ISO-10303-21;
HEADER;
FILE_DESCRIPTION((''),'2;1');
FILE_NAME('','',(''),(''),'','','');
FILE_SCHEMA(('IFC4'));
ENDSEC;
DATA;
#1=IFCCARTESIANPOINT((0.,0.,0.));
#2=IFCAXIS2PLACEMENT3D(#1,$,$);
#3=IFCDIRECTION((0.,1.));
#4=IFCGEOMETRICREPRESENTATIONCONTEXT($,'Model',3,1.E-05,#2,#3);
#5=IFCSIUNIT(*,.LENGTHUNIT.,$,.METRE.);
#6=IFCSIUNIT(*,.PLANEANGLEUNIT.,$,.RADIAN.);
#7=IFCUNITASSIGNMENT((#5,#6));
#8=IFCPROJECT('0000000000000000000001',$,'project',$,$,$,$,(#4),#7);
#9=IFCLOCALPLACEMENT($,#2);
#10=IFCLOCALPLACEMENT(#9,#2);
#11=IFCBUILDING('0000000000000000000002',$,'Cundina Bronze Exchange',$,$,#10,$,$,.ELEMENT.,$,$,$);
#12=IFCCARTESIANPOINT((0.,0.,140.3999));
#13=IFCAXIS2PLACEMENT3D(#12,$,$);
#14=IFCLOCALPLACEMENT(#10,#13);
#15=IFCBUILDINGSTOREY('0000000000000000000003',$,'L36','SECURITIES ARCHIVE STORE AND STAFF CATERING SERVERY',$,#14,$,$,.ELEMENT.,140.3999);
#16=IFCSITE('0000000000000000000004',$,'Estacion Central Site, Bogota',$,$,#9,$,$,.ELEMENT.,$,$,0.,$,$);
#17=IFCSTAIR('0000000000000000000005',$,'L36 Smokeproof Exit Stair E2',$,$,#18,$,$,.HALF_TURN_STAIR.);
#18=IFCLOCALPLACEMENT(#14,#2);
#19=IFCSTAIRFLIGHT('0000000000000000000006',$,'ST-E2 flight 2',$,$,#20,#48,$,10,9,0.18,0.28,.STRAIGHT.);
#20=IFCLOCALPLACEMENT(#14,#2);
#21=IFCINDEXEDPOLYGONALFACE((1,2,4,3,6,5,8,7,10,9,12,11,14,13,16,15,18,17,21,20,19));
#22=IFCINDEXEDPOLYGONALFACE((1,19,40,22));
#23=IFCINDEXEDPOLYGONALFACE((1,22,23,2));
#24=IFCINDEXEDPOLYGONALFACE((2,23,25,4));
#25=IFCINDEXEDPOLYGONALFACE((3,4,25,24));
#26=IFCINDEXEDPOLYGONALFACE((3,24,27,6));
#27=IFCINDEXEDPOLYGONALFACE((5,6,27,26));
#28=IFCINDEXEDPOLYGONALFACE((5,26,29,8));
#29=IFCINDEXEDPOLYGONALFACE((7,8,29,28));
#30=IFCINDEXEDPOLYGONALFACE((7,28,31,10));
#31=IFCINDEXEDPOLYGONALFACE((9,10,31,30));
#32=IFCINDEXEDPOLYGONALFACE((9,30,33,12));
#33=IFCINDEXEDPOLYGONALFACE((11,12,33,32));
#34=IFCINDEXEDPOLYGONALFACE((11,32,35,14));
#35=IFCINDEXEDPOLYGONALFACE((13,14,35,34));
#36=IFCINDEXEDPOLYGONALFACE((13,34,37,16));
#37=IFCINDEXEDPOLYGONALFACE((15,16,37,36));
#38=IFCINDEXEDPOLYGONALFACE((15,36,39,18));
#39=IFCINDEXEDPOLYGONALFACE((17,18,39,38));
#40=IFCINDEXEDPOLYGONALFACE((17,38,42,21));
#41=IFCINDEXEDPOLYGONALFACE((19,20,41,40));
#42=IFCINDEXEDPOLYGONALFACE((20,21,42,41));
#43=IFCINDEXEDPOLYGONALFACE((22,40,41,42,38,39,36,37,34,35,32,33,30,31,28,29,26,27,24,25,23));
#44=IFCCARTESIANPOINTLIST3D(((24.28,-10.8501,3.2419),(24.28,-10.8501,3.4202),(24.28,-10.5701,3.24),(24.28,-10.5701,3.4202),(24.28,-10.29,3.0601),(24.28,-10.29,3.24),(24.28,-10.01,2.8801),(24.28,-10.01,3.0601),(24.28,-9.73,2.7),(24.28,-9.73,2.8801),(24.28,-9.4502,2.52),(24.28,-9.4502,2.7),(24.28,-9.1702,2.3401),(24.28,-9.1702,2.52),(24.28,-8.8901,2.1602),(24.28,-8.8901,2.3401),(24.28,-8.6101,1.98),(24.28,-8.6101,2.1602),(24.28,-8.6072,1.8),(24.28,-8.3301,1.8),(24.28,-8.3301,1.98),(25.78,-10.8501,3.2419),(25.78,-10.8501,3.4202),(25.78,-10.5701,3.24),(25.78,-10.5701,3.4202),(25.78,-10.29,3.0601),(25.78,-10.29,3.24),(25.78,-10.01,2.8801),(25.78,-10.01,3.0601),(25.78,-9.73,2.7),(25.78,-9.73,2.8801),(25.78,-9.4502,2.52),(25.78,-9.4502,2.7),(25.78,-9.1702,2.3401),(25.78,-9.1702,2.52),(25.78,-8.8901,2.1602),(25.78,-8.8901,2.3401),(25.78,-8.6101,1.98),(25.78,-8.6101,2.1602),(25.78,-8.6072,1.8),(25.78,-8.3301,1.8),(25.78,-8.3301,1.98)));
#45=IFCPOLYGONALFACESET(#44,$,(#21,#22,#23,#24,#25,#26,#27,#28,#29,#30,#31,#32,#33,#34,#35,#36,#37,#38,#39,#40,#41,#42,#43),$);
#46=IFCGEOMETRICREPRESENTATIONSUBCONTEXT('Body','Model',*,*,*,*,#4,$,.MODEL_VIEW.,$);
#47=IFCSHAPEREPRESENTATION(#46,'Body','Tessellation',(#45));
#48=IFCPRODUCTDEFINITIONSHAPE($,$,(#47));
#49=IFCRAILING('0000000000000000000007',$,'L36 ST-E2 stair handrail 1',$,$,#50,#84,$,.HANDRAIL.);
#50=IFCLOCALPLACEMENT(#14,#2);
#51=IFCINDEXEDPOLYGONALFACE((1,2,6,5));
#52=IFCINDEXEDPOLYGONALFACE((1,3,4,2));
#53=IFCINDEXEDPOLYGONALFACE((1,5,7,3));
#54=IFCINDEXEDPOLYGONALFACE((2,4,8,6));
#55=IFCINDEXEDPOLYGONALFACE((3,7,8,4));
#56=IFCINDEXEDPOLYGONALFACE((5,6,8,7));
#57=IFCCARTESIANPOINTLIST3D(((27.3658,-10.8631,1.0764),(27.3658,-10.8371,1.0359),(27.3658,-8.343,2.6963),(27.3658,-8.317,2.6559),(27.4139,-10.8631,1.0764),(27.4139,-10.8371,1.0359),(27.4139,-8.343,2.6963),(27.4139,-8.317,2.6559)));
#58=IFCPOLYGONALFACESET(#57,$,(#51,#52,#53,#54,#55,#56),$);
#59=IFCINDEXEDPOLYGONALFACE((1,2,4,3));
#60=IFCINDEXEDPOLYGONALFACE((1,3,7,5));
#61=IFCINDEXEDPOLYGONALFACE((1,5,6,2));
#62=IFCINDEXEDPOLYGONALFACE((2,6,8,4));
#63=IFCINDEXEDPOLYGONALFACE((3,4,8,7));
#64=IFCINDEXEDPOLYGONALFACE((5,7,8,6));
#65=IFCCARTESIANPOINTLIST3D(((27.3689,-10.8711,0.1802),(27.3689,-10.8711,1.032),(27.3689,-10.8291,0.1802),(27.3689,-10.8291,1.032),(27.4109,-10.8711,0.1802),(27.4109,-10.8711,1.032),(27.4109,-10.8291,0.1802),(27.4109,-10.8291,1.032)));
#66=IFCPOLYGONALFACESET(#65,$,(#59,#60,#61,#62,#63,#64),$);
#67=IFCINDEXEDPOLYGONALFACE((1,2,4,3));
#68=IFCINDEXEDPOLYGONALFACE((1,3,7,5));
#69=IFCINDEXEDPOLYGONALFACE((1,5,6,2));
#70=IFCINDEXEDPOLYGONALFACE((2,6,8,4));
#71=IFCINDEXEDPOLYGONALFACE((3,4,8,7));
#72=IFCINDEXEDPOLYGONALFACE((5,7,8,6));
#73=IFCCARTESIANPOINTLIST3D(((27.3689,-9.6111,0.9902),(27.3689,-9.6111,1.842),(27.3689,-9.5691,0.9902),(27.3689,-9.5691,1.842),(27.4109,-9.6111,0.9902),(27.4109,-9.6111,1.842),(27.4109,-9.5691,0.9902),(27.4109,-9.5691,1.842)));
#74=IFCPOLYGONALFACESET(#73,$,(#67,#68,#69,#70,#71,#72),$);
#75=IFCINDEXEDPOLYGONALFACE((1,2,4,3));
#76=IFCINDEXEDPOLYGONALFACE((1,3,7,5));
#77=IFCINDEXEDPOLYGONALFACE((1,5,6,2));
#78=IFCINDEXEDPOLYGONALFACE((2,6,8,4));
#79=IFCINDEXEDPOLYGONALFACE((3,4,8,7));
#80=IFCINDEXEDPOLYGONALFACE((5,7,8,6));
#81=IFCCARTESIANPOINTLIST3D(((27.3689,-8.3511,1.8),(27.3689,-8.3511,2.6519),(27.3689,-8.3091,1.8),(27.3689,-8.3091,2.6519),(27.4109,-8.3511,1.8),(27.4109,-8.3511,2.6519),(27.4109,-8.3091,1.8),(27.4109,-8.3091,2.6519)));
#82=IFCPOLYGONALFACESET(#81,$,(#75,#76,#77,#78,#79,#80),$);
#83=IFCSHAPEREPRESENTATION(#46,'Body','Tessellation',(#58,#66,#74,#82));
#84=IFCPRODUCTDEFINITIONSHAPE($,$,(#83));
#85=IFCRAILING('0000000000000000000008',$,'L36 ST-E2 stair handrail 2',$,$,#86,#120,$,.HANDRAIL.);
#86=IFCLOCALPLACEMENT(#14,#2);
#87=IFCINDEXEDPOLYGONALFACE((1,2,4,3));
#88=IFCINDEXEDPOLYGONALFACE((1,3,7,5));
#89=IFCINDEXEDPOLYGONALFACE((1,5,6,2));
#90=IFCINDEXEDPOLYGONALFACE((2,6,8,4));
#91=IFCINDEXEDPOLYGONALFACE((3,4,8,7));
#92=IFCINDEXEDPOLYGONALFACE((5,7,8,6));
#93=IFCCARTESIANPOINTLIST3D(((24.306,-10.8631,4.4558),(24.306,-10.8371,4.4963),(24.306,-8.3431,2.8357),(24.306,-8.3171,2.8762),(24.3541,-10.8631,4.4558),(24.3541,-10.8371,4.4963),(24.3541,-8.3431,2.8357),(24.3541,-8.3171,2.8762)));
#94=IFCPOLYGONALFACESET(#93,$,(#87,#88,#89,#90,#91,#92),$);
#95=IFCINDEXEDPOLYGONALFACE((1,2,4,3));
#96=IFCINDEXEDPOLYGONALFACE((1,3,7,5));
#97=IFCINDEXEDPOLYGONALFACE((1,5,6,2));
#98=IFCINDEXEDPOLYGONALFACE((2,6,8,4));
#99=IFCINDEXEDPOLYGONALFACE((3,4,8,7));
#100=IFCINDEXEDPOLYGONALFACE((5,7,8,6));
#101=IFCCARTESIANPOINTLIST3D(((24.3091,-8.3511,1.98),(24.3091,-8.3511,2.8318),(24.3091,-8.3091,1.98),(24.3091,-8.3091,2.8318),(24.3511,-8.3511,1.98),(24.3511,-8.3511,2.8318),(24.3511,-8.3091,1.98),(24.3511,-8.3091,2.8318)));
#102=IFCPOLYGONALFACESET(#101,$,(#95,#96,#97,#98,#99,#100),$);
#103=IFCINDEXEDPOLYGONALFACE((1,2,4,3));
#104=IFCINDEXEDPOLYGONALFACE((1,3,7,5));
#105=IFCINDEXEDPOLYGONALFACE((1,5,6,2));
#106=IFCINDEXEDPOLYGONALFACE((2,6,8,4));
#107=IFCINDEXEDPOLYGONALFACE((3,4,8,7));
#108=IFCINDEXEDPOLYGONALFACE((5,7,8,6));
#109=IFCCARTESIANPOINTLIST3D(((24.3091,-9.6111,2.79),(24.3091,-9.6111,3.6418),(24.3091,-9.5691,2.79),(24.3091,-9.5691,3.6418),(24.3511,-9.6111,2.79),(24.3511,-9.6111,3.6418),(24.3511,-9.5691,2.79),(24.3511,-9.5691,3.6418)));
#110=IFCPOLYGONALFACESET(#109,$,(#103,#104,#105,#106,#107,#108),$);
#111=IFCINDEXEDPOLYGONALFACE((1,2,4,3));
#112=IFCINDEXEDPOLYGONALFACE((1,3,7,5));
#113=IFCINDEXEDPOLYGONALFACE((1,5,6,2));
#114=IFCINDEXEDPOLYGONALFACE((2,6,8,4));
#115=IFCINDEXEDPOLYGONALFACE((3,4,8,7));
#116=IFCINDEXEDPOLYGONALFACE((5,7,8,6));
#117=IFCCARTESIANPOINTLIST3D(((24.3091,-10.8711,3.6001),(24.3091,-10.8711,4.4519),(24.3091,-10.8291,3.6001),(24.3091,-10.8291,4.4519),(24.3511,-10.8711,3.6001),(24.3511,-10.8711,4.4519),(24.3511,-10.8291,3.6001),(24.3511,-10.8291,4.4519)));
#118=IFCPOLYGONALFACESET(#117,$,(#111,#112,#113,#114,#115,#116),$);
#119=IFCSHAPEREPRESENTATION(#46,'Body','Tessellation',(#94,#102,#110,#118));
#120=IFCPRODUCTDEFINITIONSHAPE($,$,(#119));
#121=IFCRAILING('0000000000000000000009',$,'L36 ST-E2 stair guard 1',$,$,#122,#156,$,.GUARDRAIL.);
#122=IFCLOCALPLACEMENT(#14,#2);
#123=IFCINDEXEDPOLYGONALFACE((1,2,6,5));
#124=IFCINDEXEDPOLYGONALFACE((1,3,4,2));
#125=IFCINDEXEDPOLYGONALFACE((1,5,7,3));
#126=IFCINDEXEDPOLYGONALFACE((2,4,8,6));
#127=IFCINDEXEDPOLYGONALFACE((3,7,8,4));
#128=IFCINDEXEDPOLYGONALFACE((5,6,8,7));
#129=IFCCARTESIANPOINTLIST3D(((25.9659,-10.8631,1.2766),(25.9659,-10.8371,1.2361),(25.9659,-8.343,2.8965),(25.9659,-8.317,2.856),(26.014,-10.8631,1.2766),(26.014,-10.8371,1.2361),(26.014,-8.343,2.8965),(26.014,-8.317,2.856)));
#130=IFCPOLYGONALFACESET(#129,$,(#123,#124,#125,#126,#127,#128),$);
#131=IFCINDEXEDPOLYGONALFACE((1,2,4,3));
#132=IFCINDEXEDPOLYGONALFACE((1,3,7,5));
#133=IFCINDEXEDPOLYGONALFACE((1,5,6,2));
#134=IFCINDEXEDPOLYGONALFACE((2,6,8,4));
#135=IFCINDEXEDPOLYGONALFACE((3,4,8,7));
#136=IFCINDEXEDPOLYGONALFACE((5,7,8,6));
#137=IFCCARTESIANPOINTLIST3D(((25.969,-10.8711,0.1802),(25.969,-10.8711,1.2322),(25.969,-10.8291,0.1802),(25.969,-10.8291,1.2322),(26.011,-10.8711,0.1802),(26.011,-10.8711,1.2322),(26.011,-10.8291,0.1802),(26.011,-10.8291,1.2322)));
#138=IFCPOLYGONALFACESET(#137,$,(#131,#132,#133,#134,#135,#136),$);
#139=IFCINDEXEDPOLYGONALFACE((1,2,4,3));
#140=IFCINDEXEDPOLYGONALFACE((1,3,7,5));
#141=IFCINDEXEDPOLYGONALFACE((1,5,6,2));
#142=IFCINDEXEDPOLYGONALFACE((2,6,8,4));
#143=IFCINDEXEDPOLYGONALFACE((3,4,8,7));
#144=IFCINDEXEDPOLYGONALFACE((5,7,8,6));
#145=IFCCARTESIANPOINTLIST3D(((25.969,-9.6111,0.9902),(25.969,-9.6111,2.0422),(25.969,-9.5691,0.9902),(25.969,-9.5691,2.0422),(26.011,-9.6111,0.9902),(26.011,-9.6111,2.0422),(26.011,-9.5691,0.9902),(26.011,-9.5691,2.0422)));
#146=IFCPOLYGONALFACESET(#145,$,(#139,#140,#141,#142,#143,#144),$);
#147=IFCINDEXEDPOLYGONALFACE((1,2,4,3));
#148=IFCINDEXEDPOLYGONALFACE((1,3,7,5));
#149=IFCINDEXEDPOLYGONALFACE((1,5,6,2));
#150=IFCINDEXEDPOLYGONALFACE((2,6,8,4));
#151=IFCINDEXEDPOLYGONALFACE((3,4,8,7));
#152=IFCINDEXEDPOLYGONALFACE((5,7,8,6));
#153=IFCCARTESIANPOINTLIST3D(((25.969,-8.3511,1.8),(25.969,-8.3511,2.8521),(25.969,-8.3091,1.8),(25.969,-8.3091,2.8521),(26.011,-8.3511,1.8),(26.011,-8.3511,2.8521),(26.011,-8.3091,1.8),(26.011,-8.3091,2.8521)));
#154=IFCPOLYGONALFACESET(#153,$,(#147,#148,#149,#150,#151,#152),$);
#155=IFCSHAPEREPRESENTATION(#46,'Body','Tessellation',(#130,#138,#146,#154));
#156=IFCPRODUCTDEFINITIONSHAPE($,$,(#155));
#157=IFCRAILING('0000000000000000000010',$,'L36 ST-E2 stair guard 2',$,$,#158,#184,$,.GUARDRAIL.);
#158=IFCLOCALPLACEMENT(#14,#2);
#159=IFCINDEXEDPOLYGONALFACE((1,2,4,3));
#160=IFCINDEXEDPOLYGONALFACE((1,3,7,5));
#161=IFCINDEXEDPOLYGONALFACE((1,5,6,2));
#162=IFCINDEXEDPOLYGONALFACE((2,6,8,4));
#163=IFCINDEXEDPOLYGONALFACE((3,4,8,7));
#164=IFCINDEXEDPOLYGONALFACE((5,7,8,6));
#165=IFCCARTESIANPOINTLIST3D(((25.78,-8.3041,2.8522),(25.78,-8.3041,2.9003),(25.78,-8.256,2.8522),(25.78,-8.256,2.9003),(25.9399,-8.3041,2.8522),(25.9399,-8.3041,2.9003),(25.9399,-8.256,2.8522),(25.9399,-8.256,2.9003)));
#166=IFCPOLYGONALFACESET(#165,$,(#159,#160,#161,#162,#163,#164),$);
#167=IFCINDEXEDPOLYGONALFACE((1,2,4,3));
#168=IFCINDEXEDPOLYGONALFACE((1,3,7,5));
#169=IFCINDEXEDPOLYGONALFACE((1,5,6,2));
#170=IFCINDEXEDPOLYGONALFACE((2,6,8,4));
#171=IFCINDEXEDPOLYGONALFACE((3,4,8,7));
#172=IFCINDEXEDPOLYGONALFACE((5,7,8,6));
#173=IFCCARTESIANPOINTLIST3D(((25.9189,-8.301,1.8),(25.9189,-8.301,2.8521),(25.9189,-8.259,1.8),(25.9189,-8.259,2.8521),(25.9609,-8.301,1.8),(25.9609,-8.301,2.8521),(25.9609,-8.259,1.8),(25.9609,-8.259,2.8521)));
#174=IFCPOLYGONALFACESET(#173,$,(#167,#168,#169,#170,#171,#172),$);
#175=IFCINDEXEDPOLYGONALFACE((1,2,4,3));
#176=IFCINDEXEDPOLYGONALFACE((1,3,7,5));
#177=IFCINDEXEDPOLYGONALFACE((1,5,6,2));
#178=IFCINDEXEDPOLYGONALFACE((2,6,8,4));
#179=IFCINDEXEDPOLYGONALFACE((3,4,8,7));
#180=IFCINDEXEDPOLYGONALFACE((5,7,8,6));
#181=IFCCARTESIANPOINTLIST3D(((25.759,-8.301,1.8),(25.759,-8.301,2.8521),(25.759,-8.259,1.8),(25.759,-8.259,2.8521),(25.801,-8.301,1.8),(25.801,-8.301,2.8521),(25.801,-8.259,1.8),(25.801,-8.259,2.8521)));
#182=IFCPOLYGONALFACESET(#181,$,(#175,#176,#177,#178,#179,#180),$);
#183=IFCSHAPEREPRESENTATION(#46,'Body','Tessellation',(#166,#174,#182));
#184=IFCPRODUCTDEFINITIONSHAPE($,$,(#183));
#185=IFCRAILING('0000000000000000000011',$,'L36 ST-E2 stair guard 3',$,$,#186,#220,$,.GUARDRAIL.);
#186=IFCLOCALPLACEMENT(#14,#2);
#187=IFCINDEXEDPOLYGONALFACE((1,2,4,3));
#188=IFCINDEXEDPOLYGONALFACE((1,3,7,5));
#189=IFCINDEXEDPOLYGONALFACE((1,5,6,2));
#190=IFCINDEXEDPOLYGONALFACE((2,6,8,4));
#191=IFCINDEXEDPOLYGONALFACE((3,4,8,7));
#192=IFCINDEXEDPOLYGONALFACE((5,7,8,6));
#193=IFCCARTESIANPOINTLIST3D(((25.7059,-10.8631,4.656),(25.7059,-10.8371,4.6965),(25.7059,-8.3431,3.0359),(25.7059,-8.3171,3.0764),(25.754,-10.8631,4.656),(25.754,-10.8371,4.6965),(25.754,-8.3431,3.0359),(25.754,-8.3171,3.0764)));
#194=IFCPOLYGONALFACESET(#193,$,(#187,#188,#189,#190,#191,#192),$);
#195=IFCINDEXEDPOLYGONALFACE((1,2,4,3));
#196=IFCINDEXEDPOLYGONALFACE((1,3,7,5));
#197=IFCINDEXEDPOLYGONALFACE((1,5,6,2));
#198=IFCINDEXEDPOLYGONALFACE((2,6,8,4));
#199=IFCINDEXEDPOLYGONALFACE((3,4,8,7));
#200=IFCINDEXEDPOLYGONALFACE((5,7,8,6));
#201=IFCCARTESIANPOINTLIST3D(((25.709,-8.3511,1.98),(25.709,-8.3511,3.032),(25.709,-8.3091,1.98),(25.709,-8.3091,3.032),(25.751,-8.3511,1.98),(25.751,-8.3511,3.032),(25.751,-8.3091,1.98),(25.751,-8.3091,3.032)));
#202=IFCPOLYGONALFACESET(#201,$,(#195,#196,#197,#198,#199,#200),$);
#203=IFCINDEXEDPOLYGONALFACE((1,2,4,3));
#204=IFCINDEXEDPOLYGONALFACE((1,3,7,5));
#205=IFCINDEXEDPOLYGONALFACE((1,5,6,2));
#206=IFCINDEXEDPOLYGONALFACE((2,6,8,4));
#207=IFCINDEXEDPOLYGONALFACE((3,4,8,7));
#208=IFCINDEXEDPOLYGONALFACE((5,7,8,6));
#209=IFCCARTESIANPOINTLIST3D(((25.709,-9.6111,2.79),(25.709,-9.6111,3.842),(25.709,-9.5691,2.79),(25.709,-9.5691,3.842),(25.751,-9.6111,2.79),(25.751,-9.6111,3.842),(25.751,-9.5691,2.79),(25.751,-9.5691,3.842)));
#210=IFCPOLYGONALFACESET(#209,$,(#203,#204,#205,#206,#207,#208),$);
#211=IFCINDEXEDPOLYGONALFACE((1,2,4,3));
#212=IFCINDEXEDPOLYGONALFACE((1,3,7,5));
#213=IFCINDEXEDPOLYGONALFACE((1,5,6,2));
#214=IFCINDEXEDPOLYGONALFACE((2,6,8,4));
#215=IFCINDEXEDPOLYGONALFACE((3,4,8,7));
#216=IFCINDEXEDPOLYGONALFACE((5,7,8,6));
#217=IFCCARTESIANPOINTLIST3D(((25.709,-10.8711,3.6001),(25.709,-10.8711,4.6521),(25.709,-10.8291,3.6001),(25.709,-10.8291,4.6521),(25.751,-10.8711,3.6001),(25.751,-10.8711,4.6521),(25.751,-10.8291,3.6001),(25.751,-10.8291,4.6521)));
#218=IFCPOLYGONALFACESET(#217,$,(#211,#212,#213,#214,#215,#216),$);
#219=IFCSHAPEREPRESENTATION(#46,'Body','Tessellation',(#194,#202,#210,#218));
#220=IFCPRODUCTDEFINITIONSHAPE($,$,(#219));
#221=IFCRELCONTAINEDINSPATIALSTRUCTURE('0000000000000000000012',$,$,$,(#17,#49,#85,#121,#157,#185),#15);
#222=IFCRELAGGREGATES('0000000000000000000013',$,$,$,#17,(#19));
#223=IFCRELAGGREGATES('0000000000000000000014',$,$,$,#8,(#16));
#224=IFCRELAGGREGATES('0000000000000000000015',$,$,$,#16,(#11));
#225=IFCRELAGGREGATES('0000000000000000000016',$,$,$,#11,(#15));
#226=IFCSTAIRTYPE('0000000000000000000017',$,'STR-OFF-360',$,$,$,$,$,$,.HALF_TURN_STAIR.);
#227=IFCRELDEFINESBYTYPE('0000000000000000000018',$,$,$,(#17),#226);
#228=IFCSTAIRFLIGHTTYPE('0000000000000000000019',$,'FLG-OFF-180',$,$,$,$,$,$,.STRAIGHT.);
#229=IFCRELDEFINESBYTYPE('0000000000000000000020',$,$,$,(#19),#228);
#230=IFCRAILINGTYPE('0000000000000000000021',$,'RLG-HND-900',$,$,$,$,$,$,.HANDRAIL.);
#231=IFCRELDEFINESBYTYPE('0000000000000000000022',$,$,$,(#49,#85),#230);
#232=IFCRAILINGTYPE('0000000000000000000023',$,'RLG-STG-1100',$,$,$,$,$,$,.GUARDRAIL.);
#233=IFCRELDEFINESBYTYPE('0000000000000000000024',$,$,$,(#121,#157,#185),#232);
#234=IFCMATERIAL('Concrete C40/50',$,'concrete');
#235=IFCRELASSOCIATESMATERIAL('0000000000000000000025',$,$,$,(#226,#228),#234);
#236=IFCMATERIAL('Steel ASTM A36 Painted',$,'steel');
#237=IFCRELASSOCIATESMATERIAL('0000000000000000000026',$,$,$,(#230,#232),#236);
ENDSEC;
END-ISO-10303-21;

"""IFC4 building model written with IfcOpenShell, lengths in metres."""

from ifc_helpers import new_model, si_unit, direction, frame, origin, origin_2d, place, context, subcontext, project, spatial, polyline, rectangle, outline, extrude, material, type_object, element, aggregate, save


model = new_model("IFC4")

# Units and contexts
model_context = context("Model", 3, precision=1e-05, world=origin(), true_north=direction((0.0, 1.0)))
body_context = subcontext(model_context, "Body", "Model", "MODEL_VIEW")
ifc_project = project(units=[si_unit("LENGTHUNIT", "METRE"), si_unit("PLANEANGLEUNIT", "RADIAN")], contexts=[model_context])

# Site, building, storey
site_placement = place(None, origin())
site = spatial("IfcSite", under=ifc_project, at=site_placement, Name="Estacion Central Site, Bogota", CompositionType="ELEMENT", RefElevation=0.0)
building_placement = place(site_placement, origin())
building = spatial("IfcBuilding", under=site, at=building_placement, Name="Cundina Bronze Exchange", CompositionType="ELEMENT")
storey_placement = place(building_placement, frame((0.0, 0.0, 140.3999)))
storey = spatial("IfcBuildingStorey", under=building, at=storey_placement, Name="L36", Description="SECURITIES ARCHIVE STORE AND STAFF CATERING SERVERY", CompositionType="ELEMENT", Elevation=140.3999)

# Shared definitions
ifc_material_1 = material(Name="Steel ASTM A36 Painted", Category="steel")

# Stair, stair flight
ifc_material_2 = material(Name="Concrete C40/50", Category="concrete")
stair_type = type_object("IfcStairType", Name="STR-OFF-360", PredefinedType="HALF_TURN_STAIR", material=ifc_material_2)
stair_placement = place(storey_placement, origin())
stair = element("IfcStair", 1, at=stair_placement, inside=storey, type_object=stair_type, Name="L36 Smokeproof Exit Stair E2", PredefinedType="HALF_TURN_STAIR")
stair_flight_type = type_object("IfcStairFlightType", Name="FLG-OFF-180", PredefinedType="STRAIGHT", material=ifc_material_2)
stair_flight_1_placement = place(storey_placement, frame((25.03, -8.3301, 1.8), z_axis=(0.0, 0.0, 1.0), x_axis=(0.0, -1.0, 0.0)))
stair_flight_1 = element("IfcStairFlight", 2, at=stair_flight_1_placement, type_object=stair_flight_type, Name="ST-E2 flight 2", NumberOfRisers=10, NumberOfTreads=9, PredefinedType="STRAIGHT", RiserHeight=0.18, TreadLength=0.28, context=body_context, shape_type="SweptSolid", body=[
    extrude(outline(polyline([(0.0, 0.0), (0.0, 0.1799), (0.28, 0.1799), (0.28, 0.3601), (0.5601, 0.3601), (0.5601, 0.54), (0.8401, 0.54), (0.8401, 0.72), (1.1201, 0.72), (1.1201, 0.8999), (1.3999, 0.8999), (1.3999, 1.0801), (1.6799, 1.0801), (1.6799, 1.26), (1.96, 1.26), (1.96, 1.4399), (2.24, 1.4399), (2.24, 1.6201), (2.52, 1.6201), (2.52, 1.8), (2.52, 1.4419), (0.2771, 0.0), (0.0, 0.0)])), frame((0.0, 0.75, 0.0), z_axis=(0.0, -1.0, 0.0), x_axis=(1.0, 0.0, 0.0)), (0.0, 0.0, 1.0), 1.5),
])
aggregate(stair, [stair_flight_1])

# Railings
railing_type_1 = type_object("IfcRailingType", Name="RLG-HND-900", PredefinedType="HANDRAIL", material=ifc_material_1)
railing_1_placement = place(storey_placement, frame((27.3899, -10.8501, 0.1802)))
element("IfcRailing", 3, at=railing_1_placement, inside=storey, type_object=railing_type_1, Name="L36 ST-E2 stair handrail 1", PredefinedType="HANDRAIL", context=body_context, shape_type="SweptSolid", body=[
    extrude(rectangle(XDim=0.0481, YDim=0.0481, at=origin_2d()), frame((0.0, 0.0, 0.876), z_axis=(0.0, 0.8412, 0.540725), x_axis=(-1.0, 0.0, 0.0)), (0.0, 0.0, 1.0), 2.9958),
    extrude(rectangle(XDim=0.042, YDim=0.042, at=origin_2d()), origin(), (0.0, 0.0, 1.0), 0.8518),
    extrude(rectangle(XDim=0.042, YDim=0.042, at=origin_2d()), frame((0.0, 1.26, 0.8101)), (0.0, 0.0, 1.0), 0.8518),
    extrude(rectangle(XDim=0.042, YDim=0.042, at=origin_2d()), frame((0.0, 2.52, 1.6199)), (0.0, 0.0, 1.0), 0.8518),
])
railing_2_placement = place(storey_placement, frame((24.3301, -8.3301, 1.98)))
element("IfcRailing", 4, at=railing_2_placement, inside=storey, type_object=railing_type_1, Name="L36 ST-E2 stair handrail 2", PredefinedType="HANDRAIL", context=body_context, shape_type="SweptSolid", body=[
    extrude(rectangle(XDim=0.0481, YDim=0.0481, at=origin_2d()), frame((0.0, 0.0, 0.876), z_axis=(0.0, -0.841163, 0.540782), x_axis=(1.0, 0.0, 0.0)), (0.0, 0.0, 1.0), 2.9958),
    extrude(rectangle(XDim=0.042, YDim=0.042, at=origin_2d()), origin(), (0.0, 0.0, 1.0), 0.8518),
    extrude(rectangle(XDim=0.042, YDim=0.042, at=origin_2d()), frame((0.0, -1.26, 0.8101)), (0.0, 0.0, 1.0), 0.8518),
    extrude(rectangle(XDim=0.042, YDim=0.042, at=origin_2d()), frame((0.0, -2.52, 1.6201)), (0.0, 0.0, 1.0), 0.8518),
])
railing_type_2 = type_object("IfcRailingType", Name="RLG-STG-1100", PredefinedType="GUARDRAIL", material=ifc_material_1)
railing_3_placement = place(storey_placement, frame((25.99, -10.8501, 0.1802)))
element("IfcRailing", 5, at=railing_3_placement, inside=storey, type_object=railing_type_2, Name="L36 ST-E2 stair guard 1", PredefinedType="GUARDRAIL", context=body_context, shape_type="SweptSolid", body=[
    extrude(rectangle(XDim=0.0481, YDim=0.0481, at=origin_2d()), frame((0.0, 0.0, 1.0762), z_axis=(0.0, 0.8412, 0.540725), x_axis=(-1.0, 0.0, 0.0)), (0.0, 0.0, 1.0), 2.9958),
    extrude(rectangle(XDim=0.042, YDim=0.042, at=origin_2d()), origin(), (0.0, 0.0, 1.0), 1.052),
    extrude(rectangle(XDim=0.042, YDim=0.042, at=origin_2d()), frame((0.0, 1.26, 0.8101)), (0.0, 0.0, 1.0), 1.052),
    extrude(rectangle(XDim=0.042, YDim=0.042, at=origin_2d()), frame((0.0, 2.52, 1.6199)), (0.0, 0.0, 1.0), 1.052),
])
railing_4_placement = place(storey_placement, frame((25.9399, -8.28, 1.8)))
element("IfcRailing", 6, at=railing_4_placement, inside=storey, type_object=railing_type_2, Name="L36 ST-E2 stair guard 2", PredefinedType="GUARDRAIL", context=body_context, shape_type="SweptSolid", body=[
    extrude(rectangle(XDim=0.0481, YDim=0.0481, at=origin_2d()), frame((0.0, 0.0, 1.0762), z_axis=(-1.0, 0.0, 0.0), x_axis=(0.0, -1.0, 0.0)), (0.0, 0.0, 1.0), 0.1599),
    extrude(rectangle(XDim=0.042, YDim=0.042, at=origin_2d()), origin(), (0.0, 0.0, 1.0), 1.052),
    extrude(rectangle(XDim=0.042, YDim=0.042, at=origin_2d()), frame((-0.1599, 0.0, 0.0)), (0.0, 0.0, 1.0), 1.052),
])
railing_5_placement = place(storey_placement, frame((25.73, -8.3301, 1.98)))
element("IfcRailing", 7, at=railing_5_placement, inside=storey, type_object=railing_type_2, Name="L36 ST-E2 stair guard 3", PredefinedType="GUARDRAIL", context=body_context, shape_type="SweptSolid", body=[
    extrude(rectangle(XDim=0.0481, YDim=0.0481, at=origin_2d()), frame((0.0, 0.0, 1.0762), z_axis=(0.0, -0.841163, 0.540782), x_axis=(1.0, 0.0, 0.0)), (0.0, 0.0, 1.0), 2.9958),
    extrude(rectangle(XDim=0.042, YDim=0.042, at=origin_2d()), origin(), (0.0, 0.0, 1.0), 1.052),
    extrude(rectangle(XDim=0.042, YDim=0.042, at=origin_2d()), frame((0.0, -1.26, 0.8101)), (0.0, 0.0, 1.0), 1.052),
    extrude(rectangle(XDim=0.042, YDim=0.042, at=origin_2d()), frame((0.0, -2.52, 1.6201)), (0.0, 0.0, 1.0), 1.052),
])

save(model, "model.ifc")
